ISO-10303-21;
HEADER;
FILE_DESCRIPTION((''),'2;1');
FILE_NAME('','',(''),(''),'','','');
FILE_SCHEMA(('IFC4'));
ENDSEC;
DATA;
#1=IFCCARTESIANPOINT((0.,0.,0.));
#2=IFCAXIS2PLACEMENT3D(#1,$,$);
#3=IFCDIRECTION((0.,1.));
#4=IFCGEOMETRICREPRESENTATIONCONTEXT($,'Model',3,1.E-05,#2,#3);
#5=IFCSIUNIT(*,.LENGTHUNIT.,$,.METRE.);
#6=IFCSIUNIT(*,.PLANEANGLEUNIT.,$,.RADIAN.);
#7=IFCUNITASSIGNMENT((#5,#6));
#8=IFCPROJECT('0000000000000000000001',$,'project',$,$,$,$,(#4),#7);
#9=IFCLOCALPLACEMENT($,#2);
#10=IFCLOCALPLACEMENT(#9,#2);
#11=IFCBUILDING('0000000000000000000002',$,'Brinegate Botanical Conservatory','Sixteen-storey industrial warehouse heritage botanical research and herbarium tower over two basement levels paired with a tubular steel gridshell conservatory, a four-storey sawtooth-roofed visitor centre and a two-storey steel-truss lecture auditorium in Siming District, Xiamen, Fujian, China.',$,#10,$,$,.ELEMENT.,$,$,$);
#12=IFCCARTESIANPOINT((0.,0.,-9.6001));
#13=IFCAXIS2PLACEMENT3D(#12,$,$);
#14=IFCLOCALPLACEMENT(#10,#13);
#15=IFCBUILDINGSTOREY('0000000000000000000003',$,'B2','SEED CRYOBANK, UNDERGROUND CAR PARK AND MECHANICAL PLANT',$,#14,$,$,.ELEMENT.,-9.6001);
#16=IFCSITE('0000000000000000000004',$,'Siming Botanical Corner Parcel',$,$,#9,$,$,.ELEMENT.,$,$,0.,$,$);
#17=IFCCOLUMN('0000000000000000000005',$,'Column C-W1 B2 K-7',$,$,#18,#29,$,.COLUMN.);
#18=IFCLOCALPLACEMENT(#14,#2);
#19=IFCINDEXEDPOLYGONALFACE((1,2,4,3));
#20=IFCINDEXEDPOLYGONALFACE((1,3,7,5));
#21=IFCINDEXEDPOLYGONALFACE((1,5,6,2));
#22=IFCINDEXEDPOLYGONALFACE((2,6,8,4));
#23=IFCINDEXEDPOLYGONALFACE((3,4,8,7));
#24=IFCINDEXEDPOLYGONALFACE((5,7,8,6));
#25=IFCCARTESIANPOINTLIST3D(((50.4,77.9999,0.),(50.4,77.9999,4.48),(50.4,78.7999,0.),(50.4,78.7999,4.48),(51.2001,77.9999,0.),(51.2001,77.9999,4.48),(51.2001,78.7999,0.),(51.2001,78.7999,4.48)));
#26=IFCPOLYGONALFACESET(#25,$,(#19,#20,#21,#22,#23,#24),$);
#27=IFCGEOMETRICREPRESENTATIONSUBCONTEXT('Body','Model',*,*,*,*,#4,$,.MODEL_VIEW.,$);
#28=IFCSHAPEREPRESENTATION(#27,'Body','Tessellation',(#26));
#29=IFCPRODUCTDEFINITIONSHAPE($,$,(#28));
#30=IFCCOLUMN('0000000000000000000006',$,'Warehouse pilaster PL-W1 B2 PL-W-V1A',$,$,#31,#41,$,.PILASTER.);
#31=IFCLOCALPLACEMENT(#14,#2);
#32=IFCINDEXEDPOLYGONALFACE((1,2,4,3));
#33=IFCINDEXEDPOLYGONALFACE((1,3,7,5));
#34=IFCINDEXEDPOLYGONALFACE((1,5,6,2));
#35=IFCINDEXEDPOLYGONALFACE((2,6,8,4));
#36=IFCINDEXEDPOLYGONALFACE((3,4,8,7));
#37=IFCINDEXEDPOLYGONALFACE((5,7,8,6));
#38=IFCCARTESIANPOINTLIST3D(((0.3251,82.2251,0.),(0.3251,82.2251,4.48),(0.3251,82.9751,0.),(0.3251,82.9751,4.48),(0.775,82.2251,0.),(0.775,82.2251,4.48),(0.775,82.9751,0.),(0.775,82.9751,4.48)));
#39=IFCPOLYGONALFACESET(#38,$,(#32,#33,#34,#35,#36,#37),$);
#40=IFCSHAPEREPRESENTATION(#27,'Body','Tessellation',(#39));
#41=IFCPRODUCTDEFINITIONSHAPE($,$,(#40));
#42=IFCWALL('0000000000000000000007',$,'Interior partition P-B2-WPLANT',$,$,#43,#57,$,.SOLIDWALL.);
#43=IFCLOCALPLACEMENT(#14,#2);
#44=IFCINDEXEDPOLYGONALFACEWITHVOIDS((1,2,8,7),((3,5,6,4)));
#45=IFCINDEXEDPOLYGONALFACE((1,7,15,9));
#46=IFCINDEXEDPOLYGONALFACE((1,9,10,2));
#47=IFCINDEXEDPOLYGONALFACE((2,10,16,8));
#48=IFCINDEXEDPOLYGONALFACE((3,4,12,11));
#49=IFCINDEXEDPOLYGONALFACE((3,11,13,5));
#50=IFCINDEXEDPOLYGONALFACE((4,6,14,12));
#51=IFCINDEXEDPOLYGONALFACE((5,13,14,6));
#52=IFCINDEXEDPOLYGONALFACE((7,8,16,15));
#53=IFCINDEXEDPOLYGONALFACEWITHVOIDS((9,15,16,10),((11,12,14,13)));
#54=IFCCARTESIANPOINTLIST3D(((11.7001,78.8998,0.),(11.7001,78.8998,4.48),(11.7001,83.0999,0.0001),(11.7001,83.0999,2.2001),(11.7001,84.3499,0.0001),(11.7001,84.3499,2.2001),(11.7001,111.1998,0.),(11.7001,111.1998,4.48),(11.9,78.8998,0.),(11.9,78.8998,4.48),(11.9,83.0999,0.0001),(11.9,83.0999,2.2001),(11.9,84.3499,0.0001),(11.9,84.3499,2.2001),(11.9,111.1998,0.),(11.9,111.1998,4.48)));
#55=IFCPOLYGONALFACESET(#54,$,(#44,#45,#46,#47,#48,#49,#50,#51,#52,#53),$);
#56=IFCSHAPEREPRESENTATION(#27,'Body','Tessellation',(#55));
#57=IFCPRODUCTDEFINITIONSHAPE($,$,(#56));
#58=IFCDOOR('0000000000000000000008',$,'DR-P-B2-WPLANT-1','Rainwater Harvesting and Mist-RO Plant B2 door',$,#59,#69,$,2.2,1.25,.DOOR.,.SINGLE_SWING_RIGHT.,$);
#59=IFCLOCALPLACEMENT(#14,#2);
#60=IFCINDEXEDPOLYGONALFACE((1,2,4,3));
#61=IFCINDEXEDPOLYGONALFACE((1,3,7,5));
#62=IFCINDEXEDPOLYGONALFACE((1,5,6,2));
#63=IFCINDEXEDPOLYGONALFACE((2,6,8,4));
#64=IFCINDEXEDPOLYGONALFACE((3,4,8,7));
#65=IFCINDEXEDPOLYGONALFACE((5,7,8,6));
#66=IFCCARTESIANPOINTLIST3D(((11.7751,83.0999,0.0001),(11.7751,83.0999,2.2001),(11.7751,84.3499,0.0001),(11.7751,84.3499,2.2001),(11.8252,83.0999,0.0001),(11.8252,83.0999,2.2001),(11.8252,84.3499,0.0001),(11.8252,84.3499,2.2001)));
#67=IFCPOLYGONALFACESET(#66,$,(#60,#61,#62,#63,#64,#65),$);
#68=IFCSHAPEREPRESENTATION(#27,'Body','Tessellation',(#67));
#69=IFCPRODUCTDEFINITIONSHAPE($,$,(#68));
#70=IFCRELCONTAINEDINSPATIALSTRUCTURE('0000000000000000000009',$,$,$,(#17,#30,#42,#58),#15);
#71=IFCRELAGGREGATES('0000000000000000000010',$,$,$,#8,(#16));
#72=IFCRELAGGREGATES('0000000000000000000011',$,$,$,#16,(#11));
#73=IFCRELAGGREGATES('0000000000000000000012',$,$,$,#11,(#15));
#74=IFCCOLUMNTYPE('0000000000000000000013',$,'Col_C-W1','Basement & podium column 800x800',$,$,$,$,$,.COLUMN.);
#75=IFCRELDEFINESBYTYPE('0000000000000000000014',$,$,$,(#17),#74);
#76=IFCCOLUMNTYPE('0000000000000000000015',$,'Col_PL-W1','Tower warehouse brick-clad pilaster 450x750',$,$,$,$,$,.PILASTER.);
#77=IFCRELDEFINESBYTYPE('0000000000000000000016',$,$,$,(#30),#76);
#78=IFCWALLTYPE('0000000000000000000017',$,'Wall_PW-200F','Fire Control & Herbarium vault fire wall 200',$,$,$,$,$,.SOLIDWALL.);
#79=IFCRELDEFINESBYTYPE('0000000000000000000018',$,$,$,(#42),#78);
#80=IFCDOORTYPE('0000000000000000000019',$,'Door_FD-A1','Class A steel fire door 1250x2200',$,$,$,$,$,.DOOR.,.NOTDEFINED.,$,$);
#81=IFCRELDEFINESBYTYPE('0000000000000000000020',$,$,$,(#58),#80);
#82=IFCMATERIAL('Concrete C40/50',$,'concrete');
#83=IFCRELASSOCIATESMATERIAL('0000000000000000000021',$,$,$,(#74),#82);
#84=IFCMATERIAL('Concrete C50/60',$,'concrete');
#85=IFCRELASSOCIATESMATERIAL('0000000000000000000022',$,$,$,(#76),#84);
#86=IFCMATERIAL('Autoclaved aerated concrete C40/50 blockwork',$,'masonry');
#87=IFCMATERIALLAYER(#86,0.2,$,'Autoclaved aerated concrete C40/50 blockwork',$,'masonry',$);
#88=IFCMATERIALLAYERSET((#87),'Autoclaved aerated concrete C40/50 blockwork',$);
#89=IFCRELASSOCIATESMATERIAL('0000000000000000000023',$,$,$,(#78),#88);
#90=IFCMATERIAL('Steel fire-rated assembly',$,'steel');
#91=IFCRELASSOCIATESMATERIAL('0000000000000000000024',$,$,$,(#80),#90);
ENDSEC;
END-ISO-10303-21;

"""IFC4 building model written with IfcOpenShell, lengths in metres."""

from ifc_helpers import new_model, si_unit, direction, frame, frame_2d, origin, origin_2d, place, context, subcontext, project, spatial, rectangle, extrude, material, layer, layer_set, material_profile, profile_set, type_object, element, fill, save


model = new_model("IFC4")

# Units and contexts
model_context = context("Model", 3, precision=1e-05, world=origin(), true_north=direction((0.0, 1.0)))
body_context = subcontext(model_context, "Body", "Model", "MODEL_VIEW")
ifc_project = project(units=[si_unit("LENGTHUNIT", "METRE"), si_unit("PLANEANGLEUNIT", "RADIAN")], contexts=[model_context])

# Site, building, storey
site_placement = place(None, origin())
site = spatial("IfcSite", under=ifc_project, at=site_placement, Name="Siming Botanical Corner Parcel", CompositionType="ELEMENT", RefElevation=0.0)
building_placement = place(site_placement, origin())
building = spatial("IfcBuilding", under=site, at=building_placement, Name="Brinegate Botanical Conservatory", Description="Sixteen-storey industrial warehouse heritage botanical research and herbarium tower over two basement levels paired with a tubular steel gridshell conservatory, a four-storey sawtooth-roofed visitor centre and a two-storey steel-truss lecture auditorium in Siming District, Xiamen, Fujian, China.", CompositionType="ELEMENT")
storey_placement = place(building_placement, frame((0.0, 0.0, -9.6001)))
storey = spatial("IfcBuildingStorey", under=building, at=storey_placement, Name="B2", Description="SEED CRYOBANK, UNDERGROUND CAR PARK AND MECHANICAL PLANT", CompositionType="ELEMENT", Elevation=-9.6001)

# Shared definitions
ifc_material_1 = material(Name="Concrete C40/50", Category="concrete")

# Columns
ifc_material_profile_1 = material_profile(ifc_material_1, rectangle(XDim=0.8, YDim=0.8, at=origin_2d()), Name="RC COL 800x800")
ifc_profile_set_1 = profile_set([ifc_material_profile_1], Name="Concrete C40/50")
column_type_1 = type_object("IfcColumnType", Name="Col_C-W1", Description="Basement & podium column 800x800", PredefinedType="COLUMN", material=ifc_profile_set_1)
for number, where, z_axis, x_axis, name in (
    (1, (50.8, 78.3999, 0.0), (0.0, 0.0, 1.0), (1.0, 0.0, 0.0), "Column C-W1 B2 K-7"),
):
    element("IfcColumn", number, at=place(storey_placement, frame(where, z_axis=z_axis, x_axis=x_axis)), inside=storey, type_object=column_type_1, Name=name, PredefinedType="COLUMN", context=body_context, shape_type="SweptSolid", body=[
        extrude(rectangle(XDim=0.8, YDim=0.8, at=origin_2d()), origin(), (0.0, 0.0, 1.0), 4.48),
    ])
ifc_material_2 = material(Name="Concrete C50/60", Category="concrete")
ifc_material_profile_2 = material_profile(ifc_material_2, rectangle(XDim=0.45, YDim=0.75, at=origin_2d()), Name="RC PILASTER 450x750")
ifc_profile_set_2 = profile_set([ifc_material_profile_2], Name="Concrete C50/60")
column_type_2 = type_object("IfcColumnType", Name="Col_PL-W1", Description="Tower warehouse brick-clad pilaster 450x750", PredefinedType="PILASTER", material=ifc_profile_set_2)
column_placement = place(storey_placement, frame((0.55, 82.6001, 0.0), z_axis=(0.0, 0.0, 1.0), x_axis=(1.0, 0.0, 0.0)))
element("IfcColumn", 2, at=column_placement, inside=storey, type_object=column_type_2, Name="Warehouse pilaster PL-W1 B2 PL-W-V1A", PredefinedType="PILASTER", context=body_context, shape_type="SweptSolid", body=[
    extrude(rectangle(XDim=0.45, YDim=0.75, at=origin_2d()), origin(), (0.0, 0.0, 1.0), 4.48),
])

# Wall, opening, door
ifc_material_3 = material(Name="Autoclaved aerated concrete C40/50 blockwork", Category="masonry")
ifc_layer = layer(ifc_material_3, 0.2, Name="Autoclaved aerated concrete C40/50 blockwork", Category="masonry")
ifc_layer_set = layer_set([ifc_layer], Name="Autoclaved aerated concrete C40/50 blockwork")
wall_type = type_object("IfcWallType", Name="Wall_PW-200F", Description="Fire Control & Herbarium vault fire wall 200", PredefinedType="SOLIDWALL", material=ifc_layer_set)
wall_placement = place(storey_placement, frame((11.8, 78.8999, 0.0), z_axis=(0.0, 0.0, 1.0), x_axis=(0.0, 1.0, 0.0)))
wall = element("IfcWall", 3, at=wall_placement, inside=storey, type_object=wall_type, Name="Interior partition P-B2-WPLANT", PredefinedType="SOLIDWALL", context=body_context, shape_type="SweptSolid", body=[
    extrude(rectangle(XDim=32.3, YDim=0.2, at=frame_2d((16.1499, 0.0))), origin(), (0.0, 0.0, 1.0), 4.48),
])
opening_placement = place(wall_placement, frame((4.2, 0.0, 0.0)))
opening = element("IfcOpeningElement", 4, at=opening_placement, cuts=wall, PredefinedType="OPENING", context=body_context, shape_type="SweptSolid", body=[
    extrude(rectangle(XDim=1.25, YDim=2.2, at=frame_2d((0.625, 1.1001))), frame((0.0, 0.1099, 0.0), z_axis=(0.0, -1.0, 0.0), x_axis=(1.0, 0.0, 0.0)), (0.0, 0.0, 1.0), 0.22),
])
ifc_material_4 = material(Name="Steel fire-rated assembly", Category="steel")
door_type = type_object("IfcDoorType", Name="Door_FD-A1", Description="Class A steel fire door 1250x2200", OperationType="NOTDEFINED", PredefinedType="DOOR", material=ifc_material_4)
door_placement = place(opening_placement, origin())
door = element("IfcDoor", 5, at=door_placement, inside=storey, type_object=door_type, Name="DR-P-B2-WPLANT-1", Description="Rainwater Harvesting and Mist-RO Plant B2 door", OperationType="SINGLE_SWING_RIGHT", OverallHeight=2.2, OverallWidth=1.25, PredefinedType="DOOR", context=body_context, shape_type="SweptSolid", body=[
    extrude(rectangle(XDim=1.25, YDim=2.2, at=frame_2d((0.625, 1.1001))), frame((0.0, 0.0249, 0.0), z_axis=(0.0, -1.0, 0.0), x_axis=(1.0, 0.0, 0.0)), (0.0, 0.0, 1.0), 0.05),
])
fill(opening, door)

save(model, "model.ifc")
